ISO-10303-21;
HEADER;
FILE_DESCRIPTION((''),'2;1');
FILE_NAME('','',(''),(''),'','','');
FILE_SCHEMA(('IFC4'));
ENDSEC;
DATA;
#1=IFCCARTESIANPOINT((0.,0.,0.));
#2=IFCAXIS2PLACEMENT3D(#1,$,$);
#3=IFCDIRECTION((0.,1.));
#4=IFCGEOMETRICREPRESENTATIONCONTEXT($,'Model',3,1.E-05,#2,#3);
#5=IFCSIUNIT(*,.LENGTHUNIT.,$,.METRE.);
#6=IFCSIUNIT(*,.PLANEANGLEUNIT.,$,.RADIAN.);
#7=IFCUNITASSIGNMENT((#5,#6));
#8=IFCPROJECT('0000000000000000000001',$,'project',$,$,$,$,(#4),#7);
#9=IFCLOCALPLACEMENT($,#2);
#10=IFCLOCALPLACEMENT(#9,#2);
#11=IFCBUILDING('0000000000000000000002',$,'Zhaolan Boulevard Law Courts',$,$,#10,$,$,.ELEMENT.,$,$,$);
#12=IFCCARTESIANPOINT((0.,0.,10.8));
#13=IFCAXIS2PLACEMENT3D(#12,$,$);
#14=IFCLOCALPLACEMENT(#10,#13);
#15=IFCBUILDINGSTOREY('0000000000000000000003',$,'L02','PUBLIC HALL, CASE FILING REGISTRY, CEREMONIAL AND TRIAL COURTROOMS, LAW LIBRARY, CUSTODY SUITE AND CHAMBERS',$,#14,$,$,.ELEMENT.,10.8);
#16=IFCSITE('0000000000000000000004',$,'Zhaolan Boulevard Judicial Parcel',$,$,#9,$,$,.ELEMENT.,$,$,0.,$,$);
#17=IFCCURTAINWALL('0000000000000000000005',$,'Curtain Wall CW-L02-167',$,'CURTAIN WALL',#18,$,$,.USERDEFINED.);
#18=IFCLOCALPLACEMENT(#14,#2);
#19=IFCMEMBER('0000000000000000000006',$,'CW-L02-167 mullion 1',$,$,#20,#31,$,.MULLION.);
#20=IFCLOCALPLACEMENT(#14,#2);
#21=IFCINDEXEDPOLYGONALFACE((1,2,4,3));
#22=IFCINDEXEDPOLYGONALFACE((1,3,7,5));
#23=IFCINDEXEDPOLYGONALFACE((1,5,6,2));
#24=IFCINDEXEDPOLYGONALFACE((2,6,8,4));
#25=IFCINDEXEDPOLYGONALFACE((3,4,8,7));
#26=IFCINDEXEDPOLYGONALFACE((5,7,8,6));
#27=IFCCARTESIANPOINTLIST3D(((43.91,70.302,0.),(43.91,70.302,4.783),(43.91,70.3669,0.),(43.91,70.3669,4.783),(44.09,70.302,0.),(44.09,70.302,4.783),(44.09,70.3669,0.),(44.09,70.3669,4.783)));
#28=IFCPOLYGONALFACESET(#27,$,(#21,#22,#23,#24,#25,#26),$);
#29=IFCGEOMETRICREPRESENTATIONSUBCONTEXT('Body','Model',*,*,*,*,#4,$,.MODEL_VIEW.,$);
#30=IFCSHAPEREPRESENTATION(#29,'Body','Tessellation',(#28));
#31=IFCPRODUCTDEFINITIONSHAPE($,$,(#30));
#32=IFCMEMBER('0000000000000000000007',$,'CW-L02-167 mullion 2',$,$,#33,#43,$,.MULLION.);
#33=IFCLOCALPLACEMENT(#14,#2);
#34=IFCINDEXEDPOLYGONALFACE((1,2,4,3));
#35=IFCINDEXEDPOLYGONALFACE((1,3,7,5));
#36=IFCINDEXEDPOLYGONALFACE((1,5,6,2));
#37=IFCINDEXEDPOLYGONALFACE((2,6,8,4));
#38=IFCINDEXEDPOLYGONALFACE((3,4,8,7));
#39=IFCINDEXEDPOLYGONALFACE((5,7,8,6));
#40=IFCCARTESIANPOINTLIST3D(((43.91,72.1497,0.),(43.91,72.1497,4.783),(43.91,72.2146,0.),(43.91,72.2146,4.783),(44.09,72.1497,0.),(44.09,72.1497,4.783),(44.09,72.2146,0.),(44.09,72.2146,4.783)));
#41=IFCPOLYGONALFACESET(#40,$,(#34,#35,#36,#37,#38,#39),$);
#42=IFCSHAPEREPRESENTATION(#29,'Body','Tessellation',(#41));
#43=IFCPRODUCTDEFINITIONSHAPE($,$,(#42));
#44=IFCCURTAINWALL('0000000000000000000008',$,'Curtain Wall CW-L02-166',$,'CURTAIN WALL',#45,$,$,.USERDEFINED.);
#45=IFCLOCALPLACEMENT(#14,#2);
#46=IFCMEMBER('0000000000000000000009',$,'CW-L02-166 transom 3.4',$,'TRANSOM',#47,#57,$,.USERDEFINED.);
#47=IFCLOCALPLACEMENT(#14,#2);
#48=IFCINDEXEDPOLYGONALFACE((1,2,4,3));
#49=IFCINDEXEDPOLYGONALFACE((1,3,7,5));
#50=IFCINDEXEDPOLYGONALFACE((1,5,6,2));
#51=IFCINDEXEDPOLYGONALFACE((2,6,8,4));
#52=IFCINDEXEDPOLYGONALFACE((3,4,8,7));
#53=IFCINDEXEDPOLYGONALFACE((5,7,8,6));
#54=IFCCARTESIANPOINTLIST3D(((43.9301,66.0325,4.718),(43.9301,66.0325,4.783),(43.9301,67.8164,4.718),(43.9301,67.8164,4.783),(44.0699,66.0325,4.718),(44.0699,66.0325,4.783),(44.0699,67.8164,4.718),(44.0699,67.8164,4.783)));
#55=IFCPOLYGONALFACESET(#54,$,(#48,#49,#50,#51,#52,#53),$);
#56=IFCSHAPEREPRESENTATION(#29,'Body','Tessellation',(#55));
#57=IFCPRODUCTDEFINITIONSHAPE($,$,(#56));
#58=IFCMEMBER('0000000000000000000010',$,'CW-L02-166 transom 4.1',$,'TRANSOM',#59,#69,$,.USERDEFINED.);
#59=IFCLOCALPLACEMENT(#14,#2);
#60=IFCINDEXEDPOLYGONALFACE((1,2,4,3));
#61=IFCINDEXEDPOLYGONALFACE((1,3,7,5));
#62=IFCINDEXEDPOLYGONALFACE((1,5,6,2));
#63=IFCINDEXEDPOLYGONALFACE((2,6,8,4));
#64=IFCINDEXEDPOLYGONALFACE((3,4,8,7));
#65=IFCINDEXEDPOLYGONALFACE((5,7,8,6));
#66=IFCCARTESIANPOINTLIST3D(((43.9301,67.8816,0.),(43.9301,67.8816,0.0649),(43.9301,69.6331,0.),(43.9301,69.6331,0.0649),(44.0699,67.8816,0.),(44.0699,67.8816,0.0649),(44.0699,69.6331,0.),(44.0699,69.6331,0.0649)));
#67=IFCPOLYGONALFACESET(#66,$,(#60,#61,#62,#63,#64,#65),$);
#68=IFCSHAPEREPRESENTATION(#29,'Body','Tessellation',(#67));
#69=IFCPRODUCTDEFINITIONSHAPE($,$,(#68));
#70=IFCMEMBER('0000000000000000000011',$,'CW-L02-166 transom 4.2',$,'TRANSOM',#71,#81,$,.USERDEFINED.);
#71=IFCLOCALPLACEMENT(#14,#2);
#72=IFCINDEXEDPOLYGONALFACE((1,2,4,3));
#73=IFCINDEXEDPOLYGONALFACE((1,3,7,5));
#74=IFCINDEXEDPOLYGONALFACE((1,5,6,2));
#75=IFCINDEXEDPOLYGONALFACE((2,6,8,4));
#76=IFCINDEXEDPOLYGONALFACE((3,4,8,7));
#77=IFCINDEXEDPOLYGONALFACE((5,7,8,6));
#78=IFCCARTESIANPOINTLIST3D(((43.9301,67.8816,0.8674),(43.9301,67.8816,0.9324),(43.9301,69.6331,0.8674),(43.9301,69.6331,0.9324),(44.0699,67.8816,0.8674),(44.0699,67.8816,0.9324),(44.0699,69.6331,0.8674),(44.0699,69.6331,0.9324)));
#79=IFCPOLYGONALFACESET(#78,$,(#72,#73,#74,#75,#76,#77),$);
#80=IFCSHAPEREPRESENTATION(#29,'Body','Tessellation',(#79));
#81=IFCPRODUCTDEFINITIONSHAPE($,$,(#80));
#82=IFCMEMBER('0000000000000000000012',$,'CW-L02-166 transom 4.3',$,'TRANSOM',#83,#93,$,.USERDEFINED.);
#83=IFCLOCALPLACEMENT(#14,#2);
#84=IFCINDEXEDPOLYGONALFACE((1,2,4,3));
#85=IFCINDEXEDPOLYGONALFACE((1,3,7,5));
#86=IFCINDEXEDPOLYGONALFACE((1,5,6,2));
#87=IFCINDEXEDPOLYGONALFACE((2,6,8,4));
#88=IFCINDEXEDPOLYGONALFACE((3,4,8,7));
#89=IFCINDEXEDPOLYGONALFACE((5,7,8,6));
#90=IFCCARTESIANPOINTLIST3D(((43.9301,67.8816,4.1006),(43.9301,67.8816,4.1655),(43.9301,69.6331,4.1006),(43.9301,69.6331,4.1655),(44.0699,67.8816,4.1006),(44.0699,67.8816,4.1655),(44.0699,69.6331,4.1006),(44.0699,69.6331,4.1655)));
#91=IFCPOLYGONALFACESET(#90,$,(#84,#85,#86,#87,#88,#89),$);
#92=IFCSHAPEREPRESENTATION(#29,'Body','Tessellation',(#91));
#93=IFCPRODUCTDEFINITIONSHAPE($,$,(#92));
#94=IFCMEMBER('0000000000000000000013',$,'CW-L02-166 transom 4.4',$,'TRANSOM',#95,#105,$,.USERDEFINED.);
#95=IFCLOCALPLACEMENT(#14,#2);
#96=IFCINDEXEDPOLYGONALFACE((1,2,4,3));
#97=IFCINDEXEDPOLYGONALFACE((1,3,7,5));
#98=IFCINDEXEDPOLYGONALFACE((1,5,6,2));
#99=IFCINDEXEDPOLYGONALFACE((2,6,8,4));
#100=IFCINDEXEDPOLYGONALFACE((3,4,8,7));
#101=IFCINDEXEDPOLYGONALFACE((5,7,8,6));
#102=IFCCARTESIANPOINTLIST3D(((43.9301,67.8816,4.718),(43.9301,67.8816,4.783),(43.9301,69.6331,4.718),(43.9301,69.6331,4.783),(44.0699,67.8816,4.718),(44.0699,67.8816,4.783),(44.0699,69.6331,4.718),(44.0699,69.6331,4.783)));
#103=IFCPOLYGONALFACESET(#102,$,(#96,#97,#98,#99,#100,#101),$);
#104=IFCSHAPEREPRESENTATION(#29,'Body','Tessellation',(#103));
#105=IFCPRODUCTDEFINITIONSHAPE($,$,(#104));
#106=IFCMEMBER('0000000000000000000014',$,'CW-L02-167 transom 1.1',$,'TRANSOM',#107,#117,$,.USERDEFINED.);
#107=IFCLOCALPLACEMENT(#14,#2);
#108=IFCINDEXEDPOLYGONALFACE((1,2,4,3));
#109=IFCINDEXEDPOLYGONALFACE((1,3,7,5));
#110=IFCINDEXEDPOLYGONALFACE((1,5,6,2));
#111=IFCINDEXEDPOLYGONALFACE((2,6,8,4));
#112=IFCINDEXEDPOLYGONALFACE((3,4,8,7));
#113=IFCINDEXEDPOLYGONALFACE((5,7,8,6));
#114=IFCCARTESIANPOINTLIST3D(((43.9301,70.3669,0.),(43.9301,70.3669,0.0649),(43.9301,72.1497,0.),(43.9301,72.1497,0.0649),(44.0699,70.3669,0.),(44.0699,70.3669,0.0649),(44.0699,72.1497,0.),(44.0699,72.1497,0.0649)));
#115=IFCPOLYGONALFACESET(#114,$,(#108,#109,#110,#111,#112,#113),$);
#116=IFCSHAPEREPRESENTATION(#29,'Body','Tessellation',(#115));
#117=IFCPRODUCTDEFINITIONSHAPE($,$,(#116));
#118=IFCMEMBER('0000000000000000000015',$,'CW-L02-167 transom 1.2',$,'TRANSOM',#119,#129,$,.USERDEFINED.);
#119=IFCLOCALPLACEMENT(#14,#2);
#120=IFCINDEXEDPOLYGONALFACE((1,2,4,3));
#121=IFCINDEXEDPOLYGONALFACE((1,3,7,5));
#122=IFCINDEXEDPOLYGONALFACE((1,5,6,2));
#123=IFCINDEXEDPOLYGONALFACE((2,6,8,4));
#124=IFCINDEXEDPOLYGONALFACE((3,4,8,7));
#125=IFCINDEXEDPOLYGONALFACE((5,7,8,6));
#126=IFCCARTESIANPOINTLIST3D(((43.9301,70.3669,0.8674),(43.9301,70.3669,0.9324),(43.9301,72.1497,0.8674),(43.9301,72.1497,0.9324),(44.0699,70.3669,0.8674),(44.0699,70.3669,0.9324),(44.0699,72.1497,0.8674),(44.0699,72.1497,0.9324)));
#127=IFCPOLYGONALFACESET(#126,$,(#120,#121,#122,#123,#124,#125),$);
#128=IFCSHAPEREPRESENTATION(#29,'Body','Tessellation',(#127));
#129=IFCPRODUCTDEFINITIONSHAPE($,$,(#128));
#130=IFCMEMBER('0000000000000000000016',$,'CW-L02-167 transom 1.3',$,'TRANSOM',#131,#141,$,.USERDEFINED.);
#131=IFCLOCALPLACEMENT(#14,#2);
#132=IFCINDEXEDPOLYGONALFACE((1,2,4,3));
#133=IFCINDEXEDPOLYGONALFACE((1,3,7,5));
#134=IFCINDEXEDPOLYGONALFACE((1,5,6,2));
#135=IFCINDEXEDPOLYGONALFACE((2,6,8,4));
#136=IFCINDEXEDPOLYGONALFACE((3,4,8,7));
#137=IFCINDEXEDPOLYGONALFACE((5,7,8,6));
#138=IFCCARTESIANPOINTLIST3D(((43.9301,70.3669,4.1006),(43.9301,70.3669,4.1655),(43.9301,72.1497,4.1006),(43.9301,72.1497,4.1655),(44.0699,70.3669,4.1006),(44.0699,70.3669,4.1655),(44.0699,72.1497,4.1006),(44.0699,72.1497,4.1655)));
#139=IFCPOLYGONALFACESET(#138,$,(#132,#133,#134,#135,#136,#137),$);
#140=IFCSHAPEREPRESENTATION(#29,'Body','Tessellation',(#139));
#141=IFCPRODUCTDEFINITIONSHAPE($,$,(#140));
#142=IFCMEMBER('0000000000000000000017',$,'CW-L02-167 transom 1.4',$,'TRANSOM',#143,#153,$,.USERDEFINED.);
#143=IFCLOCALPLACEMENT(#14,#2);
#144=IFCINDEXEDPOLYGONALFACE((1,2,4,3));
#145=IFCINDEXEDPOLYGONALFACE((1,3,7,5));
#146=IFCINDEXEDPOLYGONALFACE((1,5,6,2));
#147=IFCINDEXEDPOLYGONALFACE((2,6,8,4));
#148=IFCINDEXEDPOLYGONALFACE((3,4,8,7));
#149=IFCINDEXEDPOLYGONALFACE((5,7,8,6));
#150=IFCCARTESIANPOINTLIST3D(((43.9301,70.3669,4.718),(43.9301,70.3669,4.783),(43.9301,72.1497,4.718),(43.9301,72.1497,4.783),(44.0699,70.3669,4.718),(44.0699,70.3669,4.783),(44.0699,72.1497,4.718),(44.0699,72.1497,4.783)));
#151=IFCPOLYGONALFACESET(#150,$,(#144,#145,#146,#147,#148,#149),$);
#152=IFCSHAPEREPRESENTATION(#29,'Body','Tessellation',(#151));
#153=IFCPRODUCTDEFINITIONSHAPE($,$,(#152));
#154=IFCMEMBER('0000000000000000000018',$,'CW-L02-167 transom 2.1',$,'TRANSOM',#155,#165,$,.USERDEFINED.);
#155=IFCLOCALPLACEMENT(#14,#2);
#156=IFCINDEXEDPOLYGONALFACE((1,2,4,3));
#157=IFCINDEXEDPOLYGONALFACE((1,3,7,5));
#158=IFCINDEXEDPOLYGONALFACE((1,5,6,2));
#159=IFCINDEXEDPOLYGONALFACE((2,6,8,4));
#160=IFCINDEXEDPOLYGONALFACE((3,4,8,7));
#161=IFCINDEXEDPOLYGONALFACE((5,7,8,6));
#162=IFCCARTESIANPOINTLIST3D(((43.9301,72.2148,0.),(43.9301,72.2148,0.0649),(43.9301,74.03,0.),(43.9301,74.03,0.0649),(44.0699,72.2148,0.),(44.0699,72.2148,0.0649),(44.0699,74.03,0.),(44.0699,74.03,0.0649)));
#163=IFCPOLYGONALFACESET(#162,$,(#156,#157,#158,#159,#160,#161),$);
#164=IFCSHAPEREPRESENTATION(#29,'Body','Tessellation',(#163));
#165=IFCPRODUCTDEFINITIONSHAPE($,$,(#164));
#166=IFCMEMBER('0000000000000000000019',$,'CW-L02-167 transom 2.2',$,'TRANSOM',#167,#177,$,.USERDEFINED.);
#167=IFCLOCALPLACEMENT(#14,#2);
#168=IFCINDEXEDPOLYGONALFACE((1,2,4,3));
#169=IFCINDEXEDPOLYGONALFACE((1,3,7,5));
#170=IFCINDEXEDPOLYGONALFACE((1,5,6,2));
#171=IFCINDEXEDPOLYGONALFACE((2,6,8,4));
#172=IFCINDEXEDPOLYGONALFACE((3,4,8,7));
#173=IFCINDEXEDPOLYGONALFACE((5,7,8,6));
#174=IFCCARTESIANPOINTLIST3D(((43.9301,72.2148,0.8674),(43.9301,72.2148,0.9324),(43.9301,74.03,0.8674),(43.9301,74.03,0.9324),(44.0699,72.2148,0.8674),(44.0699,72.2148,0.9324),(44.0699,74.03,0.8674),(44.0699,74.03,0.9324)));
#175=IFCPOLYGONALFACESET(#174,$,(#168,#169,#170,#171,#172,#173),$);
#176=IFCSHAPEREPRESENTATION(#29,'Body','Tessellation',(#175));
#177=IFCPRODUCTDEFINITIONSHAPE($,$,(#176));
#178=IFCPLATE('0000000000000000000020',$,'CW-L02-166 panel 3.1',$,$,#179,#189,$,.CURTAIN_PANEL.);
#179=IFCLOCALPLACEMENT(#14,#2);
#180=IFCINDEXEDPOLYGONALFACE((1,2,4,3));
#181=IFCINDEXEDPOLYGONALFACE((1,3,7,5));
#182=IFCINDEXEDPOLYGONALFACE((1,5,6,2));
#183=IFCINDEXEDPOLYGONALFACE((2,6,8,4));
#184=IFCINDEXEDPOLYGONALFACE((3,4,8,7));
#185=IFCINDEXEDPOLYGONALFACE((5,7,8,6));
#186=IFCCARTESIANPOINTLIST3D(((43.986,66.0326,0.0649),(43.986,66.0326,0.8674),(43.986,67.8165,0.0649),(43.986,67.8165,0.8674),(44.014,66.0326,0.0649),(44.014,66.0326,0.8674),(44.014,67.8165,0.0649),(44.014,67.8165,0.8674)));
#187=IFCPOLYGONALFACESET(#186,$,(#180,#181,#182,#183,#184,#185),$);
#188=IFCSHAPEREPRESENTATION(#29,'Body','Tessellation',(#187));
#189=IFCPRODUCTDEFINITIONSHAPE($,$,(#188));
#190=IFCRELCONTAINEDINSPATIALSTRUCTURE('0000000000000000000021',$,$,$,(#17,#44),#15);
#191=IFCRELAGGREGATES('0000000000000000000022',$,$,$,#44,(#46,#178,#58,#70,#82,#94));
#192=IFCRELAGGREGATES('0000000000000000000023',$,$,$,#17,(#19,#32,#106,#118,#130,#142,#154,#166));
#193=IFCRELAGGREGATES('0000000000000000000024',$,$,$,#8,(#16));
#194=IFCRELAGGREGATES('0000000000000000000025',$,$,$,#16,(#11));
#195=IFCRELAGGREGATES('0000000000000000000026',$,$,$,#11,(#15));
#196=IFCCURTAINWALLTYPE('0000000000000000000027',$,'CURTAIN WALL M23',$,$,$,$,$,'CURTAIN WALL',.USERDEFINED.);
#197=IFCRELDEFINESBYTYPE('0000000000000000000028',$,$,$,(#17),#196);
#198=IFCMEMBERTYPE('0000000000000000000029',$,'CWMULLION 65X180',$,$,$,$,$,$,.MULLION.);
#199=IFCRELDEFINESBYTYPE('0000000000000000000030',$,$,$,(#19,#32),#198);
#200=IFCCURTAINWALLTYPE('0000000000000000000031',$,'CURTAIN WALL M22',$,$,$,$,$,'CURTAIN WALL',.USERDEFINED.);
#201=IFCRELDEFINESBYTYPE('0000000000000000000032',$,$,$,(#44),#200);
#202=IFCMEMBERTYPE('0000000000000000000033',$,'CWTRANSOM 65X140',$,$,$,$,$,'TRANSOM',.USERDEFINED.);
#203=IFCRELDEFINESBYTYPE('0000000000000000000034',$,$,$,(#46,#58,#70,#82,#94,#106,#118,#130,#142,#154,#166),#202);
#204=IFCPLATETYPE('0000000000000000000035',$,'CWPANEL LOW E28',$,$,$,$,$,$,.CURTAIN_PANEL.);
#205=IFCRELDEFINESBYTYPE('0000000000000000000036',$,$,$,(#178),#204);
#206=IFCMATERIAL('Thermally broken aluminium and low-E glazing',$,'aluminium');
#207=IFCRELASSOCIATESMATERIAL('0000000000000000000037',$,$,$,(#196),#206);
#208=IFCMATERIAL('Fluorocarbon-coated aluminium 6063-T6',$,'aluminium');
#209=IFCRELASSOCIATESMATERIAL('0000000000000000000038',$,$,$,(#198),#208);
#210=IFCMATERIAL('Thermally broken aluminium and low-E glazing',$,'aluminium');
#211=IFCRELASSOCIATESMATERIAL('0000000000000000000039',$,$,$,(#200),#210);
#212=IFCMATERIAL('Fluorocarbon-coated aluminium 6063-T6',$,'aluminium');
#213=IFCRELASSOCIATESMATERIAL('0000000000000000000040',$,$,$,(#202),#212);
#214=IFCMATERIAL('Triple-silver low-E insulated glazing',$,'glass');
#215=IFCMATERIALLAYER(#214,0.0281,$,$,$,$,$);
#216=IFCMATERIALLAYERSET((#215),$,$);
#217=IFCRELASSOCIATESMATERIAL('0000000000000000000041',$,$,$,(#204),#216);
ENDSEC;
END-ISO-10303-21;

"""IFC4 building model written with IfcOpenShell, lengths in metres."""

from ifc_helpers import new_model, si_unit, direction, frame, origin, origin_2d, place, context, subcontext, project, spatial, rectangle, extrude, material, layer, layer_set, material_profile, profile_set, type_object, element, aggregate, save


model = new_model("IFC4")

# Units and contexts
model_context = context("Model", 3, precision=1e-05, world=origin(), true_north=direction((0.0, 1.0)))
body_context = subcontext(model_context, "Body", "Model", "MODEL_VIEW")
ifc_project = project(units=[si_unit("LENGTHUNIT", "METRE"), si_unit("PLANEANGLEUNIT", "RADIAN")], contexts=[model_context])

# Site, building, storey
site_placement = place(None, origin())
site = spatial("IfcSite", under=ifc_project, at=site_placement, Name="Zhaolan Boulevard Judicial Parcel", CompositionType="ELEMENT", RefElevation=0.0)
building_placement = place(site_placement, origin())
building = spatial("IfcBuilding", under=site, at=building_placement, Name="Zhaolan Boulevard Law Courts", CompositionType="ELEMENT")
storey_placement = place(building_placement, frame((0.0, 0.0, 10.8)))
storey = spatial("IfcBuildingStorey", under=building, at=storey_placement, Name="L02", Description="PUBLIC HALL, CASE FILING REGISTRY, CEREMONIAL AND TRIAL COURTROOMS, LAW LIBRARY, CUSTODY SUITE AND CHAMBERS", CompositionType="ELEMENT", Elevation=10.8)

# Curtain walls, members
ifc_material_1 = material(Name="Thermally broken aluminium and low-E glazing", Category="aluminium")
curtain_wall_type_1 = type_object("IfcCurtainWallType", Name="CURTAIN WALL M23", ElementType="CURTAIN WALL", PredefinedType="USERDEFINED", material=ifc_material_1)
curtain_wall_1_placement = place(storey_placement, origin())
curtain_wall_1 = element("IfcCurtainWall", 1, at=curtain_wall_1_placement, inside=storey, type_object=curtain_wall_type_1, Name="Curtain Wall CW-L02-167", ObjectType="CURTAIN WALL", PredefinedType="USERDEFINED")
ifc_material_2 = material(Name="Fluorocarbon-coated aluminium 6063-T6", Category="aluminium")
ifc_material_profile_1 = material_profile(ifc_material_2, rectangle(XDim=0.1799, YDim=0.0649, at=origin_2d()), Name="AL65x180")
ifc_profile_set_1 = profile_set([ifc_material_profile_1], Name="Fluorocarbon-coated aluminium 6063-T6")
member_type_1 = type_object("IfcMemberType", Name="CWMULLION 65X180", PredefinedType="MULLION", material=ifc_profile_set_1)
member_1_placement = place(storey_placement, frame((44.0, 70.3345, 0.0), z_axis=(0.0, 0.0, 1.0), x_axis=(-1.0, 0.0, 0.0)))
member_1 = element("IfcMember", 2, at=member_1_placement, type_object=member_type_1, Name="CW-L02-167 mullion 1", PredefinedType="MULLION", context=body_context, shape_type="SweptSolid", body=[
    extrude(rectangle(XDim=0.1799, YDim=0.0649, at=origin_2d()), origin(), (0.0, 0.0, 1.0), 4.783),
])
member_2_placement = place(storey_placement, frame((44.0, 72.1821, 0.0), z_axis=(0.0, 0.0, 1.0), x_axis=(-1.0, 0.0, 0.0)))
member_2 = element("IfcMember", 3, at=member_2_placement, type_object=member_type_1, Name="CW-L02-167 mullion 2", PredefinedType="MULLION", context=body_context, shape_type="SweptSolid", body=[
    extrude(rectangle(XDim=0.1799, YDim=0.0649, at=origin_2d()), origin(), (0.0, 0.0, 1.0), 4.783),
])
ifc_material_3 = material(Name="Thermally broken aluminium and low-E glazing", Category="aluminium")
curtain_wall_type_2 = type_object("IfcCurtainWallType", Name="CURTAIN WALL M22", ElementType="CURTAIN WALL", PredefinedType="USERDEFINED", material=ifc_material_3)
curtain_wall_2_placement = place(storey_placement, origin())
curtain_wall_2 = element("IfcCurtainWall", 4, at=curtain_wall_2_placement, inside=storey, type_object=curtain_wall_type_2, Name="Curtain Wall CW-L02-166", ObjectType="CURTAIN WALL", PredefinedType="USERDEFINED")
ifc_material_4 = material(Name="Fluorocarbon-coated aluminium 6063-T6", Category="aluminium")
ifc_material_profile_2 = material_profile(ifc_material_4, rectangle(XDim=0.1399, YDim=0.0649, at=origin_2d()), Name="AL65x140")
ifc_profile_set_2 = profile_set([ifc_material_profile_2], Name="Fluorocarbon-coated aluminium 6063-T6")
member_type_2 = type_object("IfcMemberType", Name="CWTRANSOM 65X140", ElementType="TRANSOM", PredefinedType="USERDEFINED", material=ifc_profile_set_2)
member_3_placement = place(storey_placement, frame((44.0, 66.0325, 4.7505), z_axis=(0.0, 1.0, 0.0), x_axis=(-1.0, 0.0, 0.0)))
member_3 = element("IfcMember", 5, at=member_3_placement, type_object=member_type_2, Name="CW-L02-166 transom 3.4", ObjectType="TRANSOM", PredefinedType="USERDEFINED", context=body_context, shape_type="SweptSolid", body=[
    extrude(rectangle(XDim=0.1399, YDim=0.0649, at=origin_2d()), origin(), (0.0, 0.0, 1.0), 1.7839),
])
member_4_placement = place(storey_placement, frame((44.0, 67.8816, 0.0325), z_axis=(0.0, 1.0, 0.0), x_axis=(-1.0, 0.0, 0.0)))
member_4 = element("IfcMember", 6, at=member_4_placement, type_object=member_type_2, Name="CW-L02-166 transom 4.1", ObjectType="TRANSOM", PredefinedType="USERDEFINED", context=body_context, shape_type="SweptSolid", body=[
    extrude(rectangle(XDim=0.1399, YDim=0.0649, at=origin_2d()), origin(), (0.0, 0.0, 1.0), 1.7515),
])
member_5_placement = place(storey_placement, frame((44.0, 67.8816, 0.8999), z_axis=(0.0, 1.0, 0.0), x_axis=(-1.0, 0.0, 0.0)))
member_5 = element("IfcMember", 7, at=member_5_placement, type_object=member_type_2, Name="CW-L02-166 transom 4.2", ObjectType="TRANSOM", PredefinedType="USERDEFINED", context=body_context, shape_type="SweptSolid", body=[
    extrude(rectangle(XDim=0.1399, YDim=0.0649, at=origin_2d()), origin(), (0.0, 0.0, 1.0), 1.7515),
])
member_6_placement = place(storey_placement, frame((44.0, 67.8816, 4.1331), z_axis=(0.0, 1.0, 0.0), x_axis=(-1.0, 0.0, 0.0)))
member_6 = element("IfcMember", 8, at=member_6_placement, type_object=member_type_2, Name="CW-L02-166 transom 4.3", ObjectType="TRANSOM", PredefinedType="USERDEFINED", context=body_context, shape_type="SweptSolid", body=[
    extrude(rectangle(XDim=0.1399, YDim=0.0649, at=origin_2d()), origin(), (0.0, 0.0, 1.0), 1.7515),
])
member_7_placement = place(storey_placement, frame((44.0, 67.8816, 4.7505), z_axis=(0.0, 1.0, 0.0), x_axis=(-1.0, 0.0, 0.0)))
member_7 = element("IfcMember", 9, at=member_7_placement, type_object=member_type_2, Name="CW-L02-166 transom 4.4", ObjectType="TRANSOM", PredefinedType="USERDEFINED", context=body_context, shape_type="SweptSolid", body=[
    extrude(rectangle(XDim=0.1399, YDim=0.0649, at=origin_2d()), origin(), (0.0, 0.0, 1.0), 1.7515),
])

# Members
member_8_placement = place(storey_placement, frame((44.0, 70.3669, 0.0325), z_axis=(0.0, 1.0, 0.0), x_axis=(-1.0, 0.0, 0.0)))
member_8 = element("IfcMember", 10, at=member_8_placement, type_object=member_type_2, Name="CW-L02-167 transom 1.1", ObjectType="TRANSOM", PredefinedType="USERDEFINED", context=body_context, shape_type="SweptSolid", body=[
    extrude(rectangle(XDim=0.1399, YDim=0.0649, at=origin_2d()), origin(), (0.0, 0.0, 1.0), 1.7827),
])
member_9_placement = place(storey_placement, frame((44.0, 70.3669, 0.8999), z_axis=(0.0, 1.0, 0.0), x_axis=(-1.0, 0.0, 0.0)))
member_9 = element("IfcMember", 11, at=member_9_placement, type_object=member_type_2, Name="CW-L02-167 transom 1.2", ObjectType="TRANSOM", PredefinedType="USERDEFINED", context=body_context, shape_type="SweptSolid", body=[
    extrude(rectangle(XDim=0.1399, YDim=0.0649, at=origin_2d()), origin(), (0.0, 0.0, 1.0), 1.7827),
])
member_10_placement = place(storey_placement, frame((44.0, 70.3669, 4.1331), z_axis=(0.0, 1.0, 0.0), x_axis=(-1.0, 0.0, 0.0)))
member_10 = element("IfcMember", 12, at=member_10_placement, type_object=member_type_2, Name="CW-L02-167 transom 1.3", ObjectType="TRANSOM", PredefinedType="USERDEFINED", context=body_context, shape_type="SweptSolid", body=[
    extrude(rectangle(XDim=0.1399, YDim=0.0649, at=origin_2d()), origin(), (0.0, 0.0, 1.0), 1.7827),
])
member_11_placement = place(storey_placement, frame((44.0, 70.3669, 4.7505), z_axis=(0.0, 1.0, 0.0), x_axis=(-1.0, 0.0, 0.0)))
member_11 = element("IfcMember", 13, at=member_11_placement, type_object=member_type_2, Name="CW-L02-167 transom 1.4", ObjectType="TRANSOM", PredefinedType="USERDEFINED", context=body_context, shape_type="SweptSolid", body=[
    extrude(rectangle(XDim=0.1399, YDim=0.0649, at=origin_2d()), origin(), (0.0, 0.0, 1.0), 1.7827),
])
member_12_placement = place(storey_placement, frame((44.0, 72.2148, 0.0325), z_axis=(0.0, 1.0, 0.0), x_axis=(-1.0, 0.0, 0.0)))
member_12 = element("IfcMember", 14, at=member_12_placement, type_object=member_type_2, Name="CW-L02-167 transom 2.1", ObjectType="TRANSOM", PredefinedType="USERDEFINED", context=body_context, shape_type="SweptSolid", body=[
    extrude(rectangle(XDim=0.1399, YDim=0.0649, at=origin_2d()), origin(), (0.0, 0.0, 1.0), 1.8152),
])
member_13_placement = place(storey_placement, frame((44.0, 72.2148, 0.8999), z_axis=(0.0, 1.0, 0.0), x_axis=(-1.0, 0.0, 0.0)))
member_13 = element("IfcMember", 15, at=member_13_placement, type_object=member_type_2, Name="CW-L02-167 transom 2.2", ObjectType="TRANSOM", PredefinedType="USERDEFINED", context=body_context, shape_type="SweptSolid", body=[
    extrude(rectangle(XDim=0.1399, YDim=0.0649, at=origin_2d()), origin(), (0.0, 0.0, 1.0), 1.8152),
])

# Plate
ifc_material_5 = material(Name="Triple-silver low-E insulated glazing", Category="glass")
ifc_layer_1 = layer(ifc_material_5, 0.0281)
ifc_layer_set_1 = layer_set([ifc_layer_1])
plate_type = type_object("IfcPlateType", Name="CWPANEL LOW E28", PredefinedType="CURTAIN_PANEL", material=ifc_layer_set_1)
plate_1_placement = place(storey_placement, frame((44.0, 66.9246, 0.0649), z_axis=(0.0, 0.0, 1.0), x_axis=(0.0, 1.0, 0.0)))
plate_1 = element("IfcPlate", 16, at=plate_1_placement, type_object=plate_type, Name="CW-L02-166 panel 3.1", PredefinedType="CURTAIN_PANEL", context=body_context, shape_type="SweptSolid", body=[
    extrude(rectangle(XDim=1.7839, YDim=0.0281, at=origin_2d()), origin(), (0.0, 0.0, 1.0), 0.8025),
])
aggregate(curtain_wall_2, [member_3, plate_1, member_4, member_5, member_6, member_7])
aggregate(curtain_wall_1, [member_1, member_2, member_8, member_9, member_10, member_11, member_12, member_13])

save(model, "model.ifc")
